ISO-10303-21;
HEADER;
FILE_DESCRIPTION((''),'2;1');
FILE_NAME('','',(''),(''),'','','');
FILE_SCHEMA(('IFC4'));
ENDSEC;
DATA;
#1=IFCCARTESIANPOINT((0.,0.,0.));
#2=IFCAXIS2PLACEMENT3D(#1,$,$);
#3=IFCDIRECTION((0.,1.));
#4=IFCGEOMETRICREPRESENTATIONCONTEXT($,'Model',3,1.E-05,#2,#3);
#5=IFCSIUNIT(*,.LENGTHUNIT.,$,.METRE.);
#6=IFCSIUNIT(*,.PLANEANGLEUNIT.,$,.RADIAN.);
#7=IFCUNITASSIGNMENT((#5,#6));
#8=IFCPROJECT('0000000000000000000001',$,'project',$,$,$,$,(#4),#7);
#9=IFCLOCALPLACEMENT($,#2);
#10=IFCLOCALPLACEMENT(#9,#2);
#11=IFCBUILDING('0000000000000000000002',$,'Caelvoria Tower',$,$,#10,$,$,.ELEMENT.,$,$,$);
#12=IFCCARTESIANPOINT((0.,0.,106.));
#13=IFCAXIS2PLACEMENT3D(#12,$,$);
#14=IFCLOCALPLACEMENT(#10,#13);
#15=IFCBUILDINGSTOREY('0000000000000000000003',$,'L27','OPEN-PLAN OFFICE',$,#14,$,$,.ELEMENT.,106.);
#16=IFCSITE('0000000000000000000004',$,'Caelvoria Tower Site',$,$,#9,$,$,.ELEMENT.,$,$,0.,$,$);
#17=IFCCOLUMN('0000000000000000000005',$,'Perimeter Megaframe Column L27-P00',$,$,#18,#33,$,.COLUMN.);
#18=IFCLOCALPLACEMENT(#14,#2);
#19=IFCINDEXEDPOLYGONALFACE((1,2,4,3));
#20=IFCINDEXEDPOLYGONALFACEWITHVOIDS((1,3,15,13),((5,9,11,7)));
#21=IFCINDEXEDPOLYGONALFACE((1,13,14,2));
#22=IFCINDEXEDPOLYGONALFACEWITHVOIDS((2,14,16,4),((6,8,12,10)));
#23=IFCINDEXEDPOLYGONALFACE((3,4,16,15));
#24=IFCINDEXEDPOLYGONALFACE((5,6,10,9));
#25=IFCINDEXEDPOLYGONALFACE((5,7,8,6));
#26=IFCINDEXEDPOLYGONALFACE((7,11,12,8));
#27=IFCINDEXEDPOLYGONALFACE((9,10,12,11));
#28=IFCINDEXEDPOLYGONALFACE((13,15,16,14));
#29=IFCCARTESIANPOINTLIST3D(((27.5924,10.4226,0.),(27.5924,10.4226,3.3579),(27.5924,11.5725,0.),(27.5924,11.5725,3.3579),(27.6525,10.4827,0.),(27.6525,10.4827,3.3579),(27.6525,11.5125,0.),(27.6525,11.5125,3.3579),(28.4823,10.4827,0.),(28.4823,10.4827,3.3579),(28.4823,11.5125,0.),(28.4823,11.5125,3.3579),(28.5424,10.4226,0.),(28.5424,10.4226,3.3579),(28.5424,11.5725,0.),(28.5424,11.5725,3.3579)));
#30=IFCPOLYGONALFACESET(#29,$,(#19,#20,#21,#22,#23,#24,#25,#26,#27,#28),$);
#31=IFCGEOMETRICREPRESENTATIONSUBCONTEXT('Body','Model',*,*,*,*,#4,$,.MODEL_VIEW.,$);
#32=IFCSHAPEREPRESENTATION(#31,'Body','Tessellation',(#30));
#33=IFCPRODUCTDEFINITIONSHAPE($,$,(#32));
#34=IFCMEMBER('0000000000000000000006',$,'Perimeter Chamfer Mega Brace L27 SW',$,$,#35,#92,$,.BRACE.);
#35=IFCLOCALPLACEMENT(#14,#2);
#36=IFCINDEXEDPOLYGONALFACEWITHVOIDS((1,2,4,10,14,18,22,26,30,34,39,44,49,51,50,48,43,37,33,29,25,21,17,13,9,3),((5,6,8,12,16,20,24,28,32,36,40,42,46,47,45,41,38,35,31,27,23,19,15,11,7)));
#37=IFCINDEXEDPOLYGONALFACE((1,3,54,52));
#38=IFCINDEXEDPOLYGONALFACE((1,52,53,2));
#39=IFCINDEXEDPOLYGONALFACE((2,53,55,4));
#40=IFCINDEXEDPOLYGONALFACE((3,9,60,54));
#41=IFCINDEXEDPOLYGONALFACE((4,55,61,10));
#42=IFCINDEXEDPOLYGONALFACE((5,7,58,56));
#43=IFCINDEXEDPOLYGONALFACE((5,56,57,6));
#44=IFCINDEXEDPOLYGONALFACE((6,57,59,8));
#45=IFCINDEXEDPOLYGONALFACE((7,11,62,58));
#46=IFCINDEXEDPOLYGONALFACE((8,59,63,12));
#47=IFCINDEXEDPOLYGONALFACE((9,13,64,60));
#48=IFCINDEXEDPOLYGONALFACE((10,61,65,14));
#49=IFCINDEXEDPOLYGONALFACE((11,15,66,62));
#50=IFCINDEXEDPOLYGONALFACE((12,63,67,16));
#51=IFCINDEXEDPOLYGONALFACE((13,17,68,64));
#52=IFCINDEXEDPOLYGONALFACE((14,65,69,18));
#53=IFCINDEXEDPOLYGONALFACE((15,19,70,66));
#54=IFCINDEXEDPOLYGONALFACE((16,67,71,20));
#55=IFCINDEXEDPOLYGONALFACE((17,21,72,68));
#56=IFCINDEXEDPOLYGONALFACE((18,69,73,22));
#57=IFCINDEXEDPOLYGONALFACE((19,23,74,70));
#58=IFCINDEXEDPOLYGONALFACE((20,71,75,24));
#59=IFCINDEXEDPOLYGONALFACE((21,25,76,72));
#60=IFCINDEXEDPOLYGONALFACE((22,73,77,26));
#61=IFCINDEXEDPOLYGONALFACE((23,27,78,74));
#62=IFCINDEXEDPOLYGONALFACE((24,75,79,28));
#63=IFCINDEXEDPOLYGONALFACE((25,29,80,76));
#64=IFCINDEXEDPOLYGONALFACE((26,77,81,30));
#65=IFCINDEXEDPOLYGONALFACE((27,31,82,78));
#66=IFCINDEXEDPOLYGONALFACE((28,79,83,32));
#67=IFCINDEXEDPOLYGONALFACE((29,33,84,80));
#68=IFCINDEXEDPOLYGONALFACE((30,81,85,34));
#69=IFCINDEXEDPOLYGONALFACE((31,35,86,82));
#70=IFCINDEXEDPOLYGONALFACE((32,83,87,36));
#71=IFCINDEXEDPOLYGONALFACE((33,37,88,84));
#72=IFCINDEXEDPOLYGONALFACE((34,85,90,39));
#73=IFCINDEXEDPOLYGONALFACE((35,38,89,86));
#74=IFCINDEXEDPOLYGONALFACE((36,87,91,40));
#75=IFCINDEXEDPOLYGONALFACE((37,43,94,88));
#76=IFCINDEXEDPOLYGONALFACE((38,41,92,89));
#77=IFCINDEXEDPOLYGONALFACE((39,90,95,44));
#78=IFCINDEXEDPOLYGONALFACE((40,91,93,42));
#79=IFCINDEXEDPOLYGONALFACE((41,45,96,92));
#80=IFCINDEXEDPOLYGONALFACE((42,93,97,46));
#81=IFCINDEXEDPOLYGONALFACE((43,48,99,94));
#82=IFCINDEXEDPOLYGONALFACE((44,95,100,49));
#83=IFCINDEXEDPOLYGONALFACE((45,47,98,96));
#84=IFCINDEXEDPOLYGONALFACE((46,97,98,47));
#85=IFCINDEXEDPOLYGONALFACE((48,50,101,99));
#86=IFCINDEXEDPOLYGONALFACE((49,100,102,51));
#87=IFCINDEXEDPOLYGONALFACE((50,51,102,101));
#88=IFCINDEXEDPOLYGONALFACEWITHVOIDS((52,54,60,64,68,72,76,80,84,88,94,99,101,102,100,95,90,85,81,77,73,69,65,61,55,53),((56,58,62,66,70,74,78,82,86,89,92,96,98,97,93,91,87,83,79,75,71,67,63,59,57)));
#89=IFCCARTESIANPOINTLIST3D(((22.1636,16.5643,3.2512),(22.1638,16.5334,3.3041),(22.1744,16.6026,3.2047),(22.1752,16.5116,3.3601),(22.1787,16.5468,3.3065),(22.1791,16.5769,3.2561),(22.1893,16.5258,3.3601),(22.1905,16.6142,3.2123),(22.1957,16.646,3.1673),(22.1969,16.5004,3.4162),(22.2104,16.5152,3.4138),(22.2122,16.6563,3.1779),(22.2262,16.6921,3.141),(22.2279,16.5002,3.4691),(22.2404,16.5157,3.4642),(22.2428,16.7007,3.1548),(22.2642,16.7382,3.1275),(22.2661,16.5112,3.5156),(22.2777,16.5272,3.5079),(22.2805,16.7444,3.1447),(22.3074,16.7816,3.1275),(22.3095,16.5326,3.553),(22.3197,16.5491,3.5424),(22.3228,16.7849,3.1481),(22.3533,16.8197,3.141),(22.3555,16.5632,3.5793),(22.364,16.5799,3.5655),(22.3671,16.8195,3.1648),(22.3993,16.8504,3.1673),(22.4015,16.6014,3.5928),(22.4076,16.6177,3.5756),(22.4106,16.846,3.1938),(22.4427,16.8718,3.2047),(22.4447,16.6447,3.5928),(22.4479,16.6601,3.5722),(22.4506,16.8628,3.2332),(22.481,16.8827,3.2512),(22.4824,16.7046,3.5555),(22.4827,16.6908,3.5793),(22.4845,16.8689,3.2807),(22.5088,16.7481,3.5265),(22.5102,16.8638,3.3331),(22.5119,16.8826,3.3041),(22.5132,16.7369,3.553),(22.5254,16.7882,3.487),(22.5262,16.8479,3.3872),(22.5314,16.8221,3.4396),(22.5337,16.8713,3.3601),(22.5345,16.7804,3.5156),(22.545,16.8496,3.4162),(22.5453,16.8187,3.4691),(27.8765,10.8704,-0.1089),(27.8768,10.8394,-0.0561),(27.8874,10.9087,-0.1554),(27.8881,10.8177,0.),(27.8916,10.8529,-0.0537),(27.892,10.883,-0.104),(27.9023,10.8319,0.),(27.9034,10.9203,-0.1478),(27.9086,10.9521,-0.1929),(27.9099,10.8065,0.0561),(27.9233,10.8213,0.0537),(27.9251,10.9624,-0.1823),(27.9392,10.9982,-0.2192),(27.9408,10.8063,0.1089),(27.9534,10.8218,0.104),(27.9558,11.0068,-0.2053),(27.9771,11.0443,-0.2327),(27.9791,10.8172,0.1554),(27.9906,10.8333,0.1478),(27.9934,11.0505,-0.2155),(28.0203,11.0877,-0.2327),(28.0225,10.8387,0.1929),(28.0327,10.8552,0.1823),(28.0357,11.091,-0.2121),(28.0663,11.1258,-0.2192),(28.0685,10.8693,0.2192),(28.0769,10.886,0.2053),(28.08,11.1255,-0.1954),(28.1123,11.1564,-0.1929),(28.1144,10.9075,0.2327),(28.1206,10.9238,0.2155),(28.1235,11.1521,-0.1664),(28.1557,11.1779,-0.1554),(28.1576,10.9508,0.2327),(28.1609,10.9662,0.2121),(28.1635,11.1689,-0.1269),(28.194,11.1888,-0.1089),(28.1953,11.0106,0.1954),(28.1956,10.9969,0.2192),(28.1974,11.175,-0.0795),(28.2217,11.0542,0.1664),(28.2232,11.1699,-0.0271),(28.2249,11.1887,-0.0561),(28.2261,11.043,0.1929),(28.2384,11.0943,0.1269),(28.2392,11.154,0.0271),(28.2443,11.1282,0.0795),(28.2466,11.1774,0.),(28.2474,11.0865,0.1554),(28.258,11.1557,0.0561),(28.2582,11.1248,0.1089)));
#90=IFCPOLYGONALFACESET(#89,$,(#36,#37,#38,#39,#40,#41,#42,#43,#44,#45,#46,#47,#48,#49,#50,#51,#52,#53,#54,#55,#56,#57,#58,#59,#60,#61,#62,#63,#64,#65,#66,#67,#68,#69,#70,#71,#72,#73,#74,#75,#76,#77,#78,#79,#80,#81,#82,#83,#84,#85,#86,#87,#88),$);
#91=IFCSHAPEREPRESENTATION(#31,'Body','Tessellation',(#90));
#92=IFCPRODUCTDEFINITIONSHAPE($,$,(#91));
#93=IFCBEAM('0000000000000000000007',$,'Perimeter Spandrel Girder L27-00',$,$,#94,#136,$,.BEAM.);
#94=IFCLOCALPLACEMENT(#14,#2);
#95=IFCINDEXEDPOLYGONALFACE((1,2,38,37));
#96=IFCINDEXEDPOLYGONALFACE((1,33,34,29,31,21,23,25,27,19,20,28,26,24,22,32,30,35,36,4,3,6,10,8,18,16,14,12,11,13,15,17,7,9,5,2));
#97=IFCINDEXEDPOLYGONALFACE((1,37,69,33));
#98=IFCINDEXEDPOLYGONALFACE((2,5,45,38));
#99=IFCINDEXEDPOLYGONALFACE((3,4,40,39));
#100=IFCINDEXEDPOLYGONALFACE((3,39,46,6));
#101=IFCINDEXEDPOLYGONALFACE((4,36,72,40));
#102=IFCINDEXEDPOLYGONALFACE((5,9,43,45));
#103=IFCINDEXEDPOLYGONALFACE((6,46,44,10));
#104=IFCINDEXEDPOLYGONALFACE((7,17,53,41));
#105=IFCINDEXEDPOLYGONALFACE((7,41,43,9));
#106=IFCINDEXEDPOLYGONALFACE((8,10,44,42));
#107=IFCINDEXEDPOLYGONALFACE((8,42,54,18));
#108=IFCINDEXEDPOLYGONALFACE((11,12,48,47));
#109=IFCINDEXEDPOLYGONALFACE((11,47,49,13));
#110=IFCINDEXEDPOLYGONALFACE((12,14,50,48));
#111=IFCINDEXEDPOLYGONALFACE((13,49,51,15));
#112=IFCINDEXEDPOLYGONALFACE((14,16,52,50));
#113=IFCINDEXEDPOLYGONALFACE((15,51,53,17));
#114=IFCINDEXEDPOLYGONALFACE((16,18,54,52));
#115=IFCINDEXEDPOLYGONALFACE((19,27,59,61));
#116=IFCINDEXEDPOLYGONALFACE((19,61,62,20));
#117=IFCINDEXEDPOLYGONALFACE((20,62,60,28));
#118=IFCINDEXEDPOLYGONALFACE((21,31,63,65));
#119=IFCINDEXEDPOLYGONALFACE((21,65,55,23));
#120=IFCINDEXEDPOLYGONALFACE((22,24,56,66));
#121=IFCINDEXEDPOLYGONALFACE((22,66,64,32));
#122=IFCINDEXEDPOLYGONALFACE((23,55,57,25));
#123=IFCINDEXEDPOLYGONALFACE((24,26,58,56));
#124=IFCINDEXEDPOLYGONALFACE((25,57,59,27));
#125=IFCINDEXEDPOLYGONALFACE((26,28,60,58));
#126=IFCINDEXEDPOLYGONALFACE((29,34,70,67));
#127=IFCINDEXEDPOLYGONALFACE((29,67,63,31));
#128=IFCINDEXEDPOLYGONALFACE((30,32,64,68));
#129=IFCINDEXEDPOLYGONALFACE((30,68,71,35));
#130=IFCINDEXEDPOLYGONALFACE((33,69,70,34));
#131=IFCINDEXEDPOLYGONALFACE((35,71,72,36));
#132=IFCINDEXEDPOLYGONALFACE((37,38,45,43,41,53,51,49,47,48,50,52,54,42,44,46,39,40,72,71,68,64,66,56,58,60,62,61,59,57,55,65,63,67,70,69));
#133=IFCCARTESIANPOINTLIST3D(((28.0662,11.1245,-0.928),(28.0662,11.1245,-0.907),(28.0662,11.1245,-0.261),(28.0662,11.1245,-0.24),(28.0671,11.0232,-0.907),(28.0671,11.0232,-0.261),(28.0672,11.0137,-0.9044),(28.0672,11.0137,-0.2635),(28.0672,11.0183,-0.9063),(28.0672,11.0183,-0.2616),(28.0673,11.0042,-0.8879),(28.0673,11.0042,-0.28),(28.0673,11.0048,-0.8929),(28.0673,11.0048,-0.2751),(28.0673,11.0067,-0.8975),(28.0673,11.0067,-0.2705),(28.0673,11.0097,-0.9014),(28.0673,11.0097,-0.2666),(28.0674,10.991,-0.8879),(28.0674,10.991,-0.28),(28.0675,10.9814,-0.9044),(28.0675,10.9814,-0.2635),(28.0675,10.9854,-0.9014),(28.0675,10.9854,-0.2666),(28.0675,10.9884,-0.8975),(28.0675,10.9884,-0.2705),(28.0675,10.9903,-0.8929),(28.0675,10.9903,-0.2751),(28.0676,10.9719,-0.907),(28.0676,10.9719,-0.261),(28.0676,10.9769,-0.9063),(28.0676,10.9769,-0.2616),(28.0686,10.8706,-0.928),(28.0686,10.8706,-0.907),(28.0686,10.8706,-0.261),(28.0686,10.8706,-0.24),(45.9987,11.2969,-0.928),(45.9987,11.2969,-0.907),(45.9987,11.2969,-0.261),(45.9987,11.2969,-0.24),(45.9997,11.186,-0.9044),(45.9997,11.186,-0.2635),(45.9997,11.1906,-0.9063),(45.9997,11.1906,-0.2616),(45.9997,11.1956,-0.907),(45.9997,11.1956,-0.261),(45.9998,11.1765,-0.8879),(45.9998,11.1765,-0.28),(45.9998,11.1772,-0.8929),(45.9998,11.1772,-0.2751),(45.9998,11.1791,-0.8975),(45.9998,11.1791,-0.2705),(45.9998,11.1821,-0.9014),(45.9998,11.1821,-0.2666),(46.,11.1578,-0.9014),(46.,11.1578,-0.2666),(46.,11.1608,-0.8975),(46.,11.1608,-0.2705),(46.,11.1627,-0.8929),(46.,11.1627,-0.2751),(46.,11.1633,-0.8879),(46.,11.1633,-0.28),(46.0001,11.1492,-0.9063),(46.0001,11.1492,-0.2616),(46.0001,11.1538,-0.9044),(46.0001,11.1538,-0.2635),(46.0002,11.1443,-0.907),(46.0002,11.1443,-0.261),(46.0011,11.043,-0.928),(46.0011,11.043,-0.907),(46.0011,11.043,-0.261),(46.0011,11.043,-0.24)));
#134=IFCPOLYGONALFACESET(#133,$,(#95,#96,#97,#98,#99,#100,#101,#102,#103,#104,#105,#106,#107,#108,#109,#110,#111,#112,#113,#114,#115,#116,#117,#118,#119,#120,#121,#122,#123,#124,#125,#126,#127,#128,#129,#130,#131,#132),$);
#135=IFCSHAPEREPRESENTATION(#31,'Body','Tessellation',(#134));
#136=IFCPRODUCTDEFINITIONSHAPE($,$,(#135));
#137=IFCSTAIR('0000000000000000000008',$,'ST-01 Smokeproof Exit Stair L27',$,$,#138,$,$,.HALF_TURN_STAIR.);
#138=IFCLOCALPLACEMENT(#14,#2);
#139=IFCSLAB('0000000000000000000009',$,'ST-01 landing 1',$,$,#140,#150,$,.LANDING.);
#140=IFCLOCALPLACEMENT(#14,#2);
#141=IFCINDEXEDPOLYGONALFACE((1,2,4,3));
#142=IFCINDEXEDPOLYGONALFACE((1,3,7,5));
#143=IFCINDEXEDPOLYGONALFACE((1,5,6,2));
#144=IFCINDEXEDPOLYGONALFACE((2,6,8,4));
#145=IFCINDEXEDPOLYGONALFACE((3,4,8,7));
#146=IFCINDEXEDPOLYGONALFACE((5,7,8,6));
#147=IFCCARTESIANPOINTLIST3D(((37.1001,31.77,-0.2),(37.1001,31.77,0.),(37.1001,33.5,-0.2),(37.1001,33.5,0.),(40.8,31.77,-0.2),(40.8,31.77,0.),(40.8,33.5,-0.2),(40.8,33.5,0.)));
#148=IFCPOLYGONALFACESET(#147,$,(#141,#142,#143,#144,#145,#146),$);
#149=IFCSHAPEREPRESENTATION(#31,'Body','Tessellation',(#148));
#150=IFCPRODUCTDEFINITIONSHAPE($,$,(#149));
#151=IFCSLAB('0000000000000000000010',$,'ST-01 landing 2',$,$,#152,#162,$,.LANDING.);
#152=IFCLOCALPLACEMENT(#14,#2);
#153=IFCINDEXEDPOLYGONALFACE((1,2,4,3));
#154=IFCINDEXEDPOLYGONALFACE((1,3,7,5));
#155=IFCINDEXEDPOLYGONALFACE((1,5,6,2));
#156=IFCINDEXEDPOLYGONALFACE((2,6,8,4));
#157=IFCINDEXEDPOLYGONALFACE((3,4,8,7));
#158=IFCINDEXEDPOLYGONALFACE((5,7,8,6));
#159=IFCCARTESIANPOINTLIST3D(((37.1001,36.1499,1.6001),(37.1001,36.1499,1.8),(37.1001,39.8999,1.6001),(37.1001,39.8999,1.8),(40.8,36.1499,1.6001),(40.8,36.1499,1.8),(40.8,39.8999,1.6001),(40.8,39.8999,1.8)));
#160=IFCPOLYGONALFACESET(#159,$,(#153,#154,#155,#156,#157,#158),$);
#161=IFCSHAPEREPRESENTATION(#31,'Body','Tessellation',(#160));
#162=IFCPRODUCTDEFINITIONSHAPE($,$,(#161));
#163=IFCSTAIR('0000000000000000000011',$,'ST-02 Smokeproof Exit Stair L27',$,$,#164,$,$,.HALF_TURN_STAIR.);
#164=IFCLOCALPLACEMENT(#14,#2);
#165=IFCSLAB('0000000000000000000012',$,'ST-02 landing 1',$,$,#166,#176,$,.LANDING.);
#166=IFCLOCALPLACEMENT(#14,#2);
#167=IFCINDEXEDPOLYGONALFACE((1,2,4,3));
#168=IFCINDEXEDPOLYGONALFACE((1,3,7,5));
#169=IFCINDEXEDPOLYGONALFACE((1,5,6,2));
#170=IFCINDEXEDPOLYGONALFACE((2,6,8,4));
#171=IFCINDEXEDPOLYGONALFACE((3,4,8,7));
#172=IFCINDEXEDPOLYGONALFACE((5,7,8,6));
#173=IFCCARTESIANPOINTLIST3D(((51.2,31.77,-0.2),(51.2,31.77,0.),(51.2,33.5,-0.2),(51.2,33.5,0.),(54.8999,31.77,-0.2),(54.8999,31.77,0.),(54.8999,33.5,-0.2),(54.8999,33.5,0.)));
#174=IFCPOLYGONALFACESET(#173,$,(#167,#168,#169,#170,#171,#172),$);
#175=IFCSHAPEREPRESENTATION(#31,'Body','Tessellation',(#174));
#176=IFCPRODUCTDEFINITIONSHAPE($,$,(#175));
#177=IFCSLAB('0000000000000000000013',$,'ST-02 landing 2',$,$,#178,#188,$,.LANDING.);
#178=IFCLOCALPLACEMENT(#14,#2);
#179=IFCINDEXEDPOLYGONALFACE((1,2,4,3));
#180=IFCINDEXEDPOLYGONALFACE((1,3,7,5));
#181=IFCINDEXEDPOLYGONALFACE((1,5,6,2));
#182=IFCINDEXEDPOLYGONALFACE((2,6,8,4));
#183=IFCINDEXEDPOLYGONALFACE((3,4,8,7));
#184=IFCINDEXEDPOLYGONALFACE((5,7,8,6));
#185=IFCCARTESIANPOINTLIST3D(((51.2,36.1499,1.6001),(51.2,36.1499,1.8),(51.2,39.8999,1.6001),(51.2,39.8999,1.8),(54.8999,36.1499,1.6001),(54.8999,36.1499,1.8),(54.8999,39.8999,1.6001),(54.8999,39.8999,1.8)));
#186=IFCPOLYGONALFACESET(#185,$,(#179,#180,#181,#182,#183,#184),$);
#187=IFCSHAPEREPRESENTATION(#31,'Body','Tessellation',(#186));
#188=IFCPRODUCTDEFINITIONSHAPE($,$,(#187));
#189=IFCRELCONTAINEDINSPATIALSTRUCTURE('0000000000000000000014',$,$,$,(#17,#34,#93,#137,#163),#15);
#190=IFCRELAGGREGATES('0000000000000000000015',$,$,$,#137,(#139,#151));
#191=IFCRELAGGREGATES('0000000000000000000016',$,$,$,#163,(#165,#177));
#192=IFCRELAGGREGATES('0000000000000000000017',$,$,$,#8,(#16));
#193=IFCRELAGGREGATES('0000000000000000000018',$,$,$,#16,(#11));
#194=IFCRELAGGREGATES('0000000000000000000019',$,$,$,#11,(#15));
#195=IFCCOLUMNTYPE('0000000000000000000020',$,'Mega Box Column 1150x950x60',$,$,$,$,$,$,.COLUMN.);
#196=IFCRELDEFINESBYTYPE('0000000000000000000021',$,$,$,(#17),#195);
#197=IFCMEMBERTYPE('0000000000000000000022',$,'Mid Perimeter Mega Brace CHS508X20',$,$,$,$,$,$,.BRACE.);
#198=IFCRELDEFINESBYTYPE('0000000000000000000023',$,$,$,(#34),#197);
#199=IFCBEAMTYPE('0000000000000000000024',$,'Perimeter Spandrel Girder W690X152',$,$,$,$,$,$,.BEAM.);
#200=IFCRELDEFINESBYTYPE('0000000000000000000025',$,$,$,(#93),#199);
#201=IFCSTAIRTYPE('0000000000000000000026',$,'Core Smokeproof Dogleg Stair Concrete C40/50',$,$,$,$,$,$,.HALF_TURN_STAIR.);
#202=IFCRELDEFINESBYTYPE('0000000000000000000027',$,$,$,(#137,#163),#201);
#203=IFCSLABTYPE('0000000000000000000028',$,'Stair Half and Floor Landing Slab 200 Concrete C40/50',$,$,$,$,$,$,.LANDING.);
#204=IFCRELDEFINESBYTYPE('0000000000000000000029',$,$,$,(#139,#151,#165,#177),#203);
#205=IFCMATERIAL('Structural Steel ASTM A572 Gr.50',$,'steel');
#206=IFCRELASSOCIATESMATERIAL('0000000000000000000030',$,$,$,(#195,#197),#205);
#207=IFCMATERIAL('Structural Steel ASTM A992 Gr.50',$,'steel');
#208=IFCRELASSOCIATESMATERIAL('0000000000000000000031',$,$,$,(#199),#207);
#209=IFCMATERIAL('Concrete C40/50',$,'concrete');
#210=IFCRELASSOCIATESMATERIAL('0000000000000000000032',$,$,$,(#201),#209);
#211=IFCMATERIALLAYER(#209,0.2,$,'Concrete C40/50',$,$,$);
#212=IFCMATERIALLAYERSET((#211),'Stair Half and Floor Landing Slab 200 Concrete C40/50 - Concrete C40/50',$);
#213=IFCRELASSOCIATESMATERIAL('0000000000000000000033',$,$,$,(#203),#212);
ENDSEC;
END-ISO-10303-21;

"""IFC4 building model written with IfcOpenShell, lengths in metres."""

from ifc_helpers import new_model, si_unit, direction, frame, origin, origin_2d, place, context, subcontext, project, spatial, polyline, hollow_rectangle, hollow_circle, i_section, outline, extrude, material, layer, layer_set, material_profile, profile_set, type_object, element, aggregate, save


model = new_model("IFC4")

# Units and contexts
model_context = context("Model", 3, precision=1e-05, world=origin(), true_north=direction((0.0, 1.0)))
body_context = subcontext(model_context, "Body", "Model", "MODEL_VIEW")
ifc_project = project(units=[si_unit("LENGTHUNIT", "METRE"), si_unit("PLANEANGLEUNIT", "RADIAN")], contexts=[model_context])

# Site, building, storey
site_placement = place(None, origin())
site = spatial("IfcSite", under=ifc_project, at=site_placement, Name="Caelvoria Tower Site", CompositionType="ELEMENT", RefElevation=0.0)
building_placement = place(site_placement, origin())
building = spatial("IfcBuilding", under=site, at=building_placement, Name="Caelvoria Tower", CompositionType="ELEMENT")
storey_placement = place(building_placement, frame((0.0, 0.0, 106.0)))
storey = spatial("IfcBuildingStorey", under=building, at=storey_placement, Name="L27", Description="OPEN-PLAN OFFICE", CompositionType="ELEMENT", Elevation=106.0)

# Column
ifc_material_1 = material(Name="Structural Steel ASTM A572 Gr.50", Category="steel")
ifc_material_profile_1 = material_profile(ifc_material_1, hollow_rectangle(XDim=0.95, YDim=1.1499, WallThickness=0.0601, at=origin_2d()), Name="Structural Steel ASTM A572 Gr.50")
ifc_profile_set_1 = profile_set([ifc_material_profile_1], Name="BOX1150X950X60 - Structural Steel ASTM A572 Gr.50")
column_type = type_object("IfcColumnType", Name="Mega Box Column 1150x950x60", PredefinedType="COLUMN", material=ifc_profile_set_1)
column_placement = place(storey_placement, frame((28.0674, 10.9976, 0.0), z_axis=(0.0, 0.0, 1.0), x_axis=(1.0, 0.0, 0.0)))
element("IfcColumn", 1, at=column_placement, inside=storey, type_object=column_type, Name="Perimeter Megaframe Column L27-P00", PredefinedType="COLUMN", context=body_context, shape_type="SweptSolid", body=[
    extrude(hollow_rectangle(XDim=0.95, YDim=1.1499, WallThickness=0.0601, at=origin_2d()), origin(), (0.0, 0.0, 1.0), 3.3579),
])

# Member
ifc_material_profile_2 = material_profile(ifc_material_1, hollow_circle(Radius=0.2539, WallThickness=0.02, at=origin_2d()), Name="Structural Steel ASTM A572 Gr.50")
ifc_profile_set_2 = profile_set([ifc_material_profile_2], Name="CHS508X20 - Structural Steel ASTM A572 Gr.50")
member_type = type_object("IfcMemberType", Name="Mid Perimeter Mega Brace CHS508X20", PredefinedType="BRACE", material=ifc_profile_set_2)
member_placement = place(storey_placement, frame((28.0674, 10.9976, 0.0), z_axis=(-0.653821, 0.651642, 0.384553), x_axis=(-0.705925, -0.708286, 0.0)))
element("IfcMember", 2, at=member_placement, inside=storey, type_object=member_type, Name="Perimeter Chamfer Mega Brace L27 SW", PredefinedType="BRACE", context=body_context, shape_type="SweptSolid", body=[
    extrude(hollow_circle(Radius=0.2539, WallThickness=0.02, at=origin_2d()), origin(), (0.0, 0.0, 1.0), 8.7378),
])

# Beam
ifc_material_2 = material(Name="Structural Steel ASTM A992 Gr.50", Category="steel")
ifc_material_profile_3 = material_profile(ifc_material_2, i_section(OverallWidth=0.2539, OverallDepth=0.688, WebThickness=0.0132, FlangeThickness=0.021, FilletRadius=0.019, at=origin_2d()), Name="Structural Steel ASTM A992 Gr.50")
ifc_profile_set_3 = profile_set([ifc_material_profile_3], Name="W690X152 - Structural Steel ASTM A992 Gr.50")
beam_type = type_object("IfcBeamType", Name="Perimeter Spandrel Girder W690X152", PredefinedType="BEAM", material=ifc_profile_set_3)
beam_placement = place(storey_placement, frame((28.0674, 10.9976, -0.584), z_axis=(0.999954, 0.009611, 0.0), x_axis=(-0.009611, 0.999954, 0.0)))
element("IfcBeam", 3, at=beam_placement, inside=storey, type_object=beam_type, Name="Perimeter Spandrel Girder L27-00", PredefinedType="BEAM", context=body_context, shape_type="SweptSolid", body=[
    extrude(i_section(OverallWidth=0.2539, OverallDepth=0.688, WebThickness=0.0132, FlangeThickness=0.021, FilletRadius=0.019, at=origin_2d()), origin(), (0.0, 0.0, 1.0), 17.9333),
])

# Stairs, slabs
ifc_material_3 = material(Name="Concrete C40/50", Category="concrete")
stair_type = type_object("IfcStairType", Name="Core Smokeproof Dogleg Stair Concrete C40/50", PredefinedType="HALF_TURN_STAIR", material=ifc_material_3)
stair_1_placement = place(storey_placement, origin())
stair_1 = element("IfcStair", 4, at=stair_1_placement, inside=storey, type_object=stair_type, Name="ST-01 Smokeproof Exit Stair L27", PredefinedType="HALF_TURN_STAIR")
ifc_layer_1 = layer(ifc_material_3, 0.2, Name="Concrete C40/50")
ifc_layer_set_1 = layer_set([ifc_layer_1], Name="Stair Half and Floor Landing Slab 200 Concrete C40/50 - Concrete C40/50")
slab_type_1 = type_object("IfcSlabType", Name="Stair Half and Floor Landing Slab 200 Concrete C40/50", PredefinedType="LANDING", material=ifc_layer_set_1)
slab_1_placement = place(storey_placement, frame((0.0, 0.0, -0.2)))
slab_1 = element("IfcSlab", 5, at=slab_1_placement, type_object=slab_type_1, Name="ST-01 landing 1", PredefinedType="LANDING", context=body_context, shape_type="SweptSolid", body=[
    extrude(outline(polyline([(37.1001, 31.77), (40.8, 31.77), (40.8, 33.5), (37.1001, 33.5), (37.1001, 31.77)])), origin(), (0.0, 0.0, 1.0), 0.2),
])
slab_2_placement = place(storey_placement, frame((0.0, 0.0, 1.6001)))
slab_2 = element("IfcSlab", 6, at=slab_2_placement, type_object=slab_type_1, Name="ST-01 landing 2", PredefinedType="LANDING", context=body_context, shape_type="SweptSolid", body=[
    extrude(outline(polyline([(37.1001, 36.1499), (40.8, 36.1499), (40.8, 39.8999), (37.1001, 39.8999), (37.1001, 36.1499)])), origin(), (0.0, 0.0, 1.0), 0.2),
])
aggregate(stair_1, [slab_1, slab_2])
stair_2_placement = place(storey_placement, origin())
stair_2 = element("IfcStair", 7, at=stair_2_placement, inside=storey, type_object=stair_type, Name="ST-02 Smokeproof Exit Stair L27", PredefinedType="HALF_TURN_STAIR")
slab_3_placement = place(storey_placement, frame((0.0, 0.0, -0.2)))
slab_3 = element("IfcSlab", 8, at=slab_3_placement, type_object=slab_type_1, Name="ST-02 landing 1", PredefinedType="LANDING", context=body_context, shape_type="SweptSolid", body=[
    extrude(outline(polyline([(51.2, 31.77), (54.8999, 31.77), (54.8999, 33.5), (51.2, 33.5), (51.2, 31.77)])), origin(), (0.0, 0.0, 1.0), 0.2),
])
slab_4_placement = place(storey_placement, frame((0.0, 0.0, 1.6001)))
slab_4 = element("IfcSlab", 9, at=slab_4_placement, type_object=slab_type_1, Name="ST-02 landing 2", PredefinedType="LANDING", context=body_context, shape_type="SweptSolid", body=[
    extrude(outline(polyline([(51.2, 36.1499), (54.8999, 36.1499), (54.8999, 39.8999), (51.2, 39.8999), (51.2, 36.1499)])), origin(), (0.0, 0.0, 1.0), 0.2),
])
aggregate(stair_2, [slab_3, slab_4])

save(model, "model.ifc")
